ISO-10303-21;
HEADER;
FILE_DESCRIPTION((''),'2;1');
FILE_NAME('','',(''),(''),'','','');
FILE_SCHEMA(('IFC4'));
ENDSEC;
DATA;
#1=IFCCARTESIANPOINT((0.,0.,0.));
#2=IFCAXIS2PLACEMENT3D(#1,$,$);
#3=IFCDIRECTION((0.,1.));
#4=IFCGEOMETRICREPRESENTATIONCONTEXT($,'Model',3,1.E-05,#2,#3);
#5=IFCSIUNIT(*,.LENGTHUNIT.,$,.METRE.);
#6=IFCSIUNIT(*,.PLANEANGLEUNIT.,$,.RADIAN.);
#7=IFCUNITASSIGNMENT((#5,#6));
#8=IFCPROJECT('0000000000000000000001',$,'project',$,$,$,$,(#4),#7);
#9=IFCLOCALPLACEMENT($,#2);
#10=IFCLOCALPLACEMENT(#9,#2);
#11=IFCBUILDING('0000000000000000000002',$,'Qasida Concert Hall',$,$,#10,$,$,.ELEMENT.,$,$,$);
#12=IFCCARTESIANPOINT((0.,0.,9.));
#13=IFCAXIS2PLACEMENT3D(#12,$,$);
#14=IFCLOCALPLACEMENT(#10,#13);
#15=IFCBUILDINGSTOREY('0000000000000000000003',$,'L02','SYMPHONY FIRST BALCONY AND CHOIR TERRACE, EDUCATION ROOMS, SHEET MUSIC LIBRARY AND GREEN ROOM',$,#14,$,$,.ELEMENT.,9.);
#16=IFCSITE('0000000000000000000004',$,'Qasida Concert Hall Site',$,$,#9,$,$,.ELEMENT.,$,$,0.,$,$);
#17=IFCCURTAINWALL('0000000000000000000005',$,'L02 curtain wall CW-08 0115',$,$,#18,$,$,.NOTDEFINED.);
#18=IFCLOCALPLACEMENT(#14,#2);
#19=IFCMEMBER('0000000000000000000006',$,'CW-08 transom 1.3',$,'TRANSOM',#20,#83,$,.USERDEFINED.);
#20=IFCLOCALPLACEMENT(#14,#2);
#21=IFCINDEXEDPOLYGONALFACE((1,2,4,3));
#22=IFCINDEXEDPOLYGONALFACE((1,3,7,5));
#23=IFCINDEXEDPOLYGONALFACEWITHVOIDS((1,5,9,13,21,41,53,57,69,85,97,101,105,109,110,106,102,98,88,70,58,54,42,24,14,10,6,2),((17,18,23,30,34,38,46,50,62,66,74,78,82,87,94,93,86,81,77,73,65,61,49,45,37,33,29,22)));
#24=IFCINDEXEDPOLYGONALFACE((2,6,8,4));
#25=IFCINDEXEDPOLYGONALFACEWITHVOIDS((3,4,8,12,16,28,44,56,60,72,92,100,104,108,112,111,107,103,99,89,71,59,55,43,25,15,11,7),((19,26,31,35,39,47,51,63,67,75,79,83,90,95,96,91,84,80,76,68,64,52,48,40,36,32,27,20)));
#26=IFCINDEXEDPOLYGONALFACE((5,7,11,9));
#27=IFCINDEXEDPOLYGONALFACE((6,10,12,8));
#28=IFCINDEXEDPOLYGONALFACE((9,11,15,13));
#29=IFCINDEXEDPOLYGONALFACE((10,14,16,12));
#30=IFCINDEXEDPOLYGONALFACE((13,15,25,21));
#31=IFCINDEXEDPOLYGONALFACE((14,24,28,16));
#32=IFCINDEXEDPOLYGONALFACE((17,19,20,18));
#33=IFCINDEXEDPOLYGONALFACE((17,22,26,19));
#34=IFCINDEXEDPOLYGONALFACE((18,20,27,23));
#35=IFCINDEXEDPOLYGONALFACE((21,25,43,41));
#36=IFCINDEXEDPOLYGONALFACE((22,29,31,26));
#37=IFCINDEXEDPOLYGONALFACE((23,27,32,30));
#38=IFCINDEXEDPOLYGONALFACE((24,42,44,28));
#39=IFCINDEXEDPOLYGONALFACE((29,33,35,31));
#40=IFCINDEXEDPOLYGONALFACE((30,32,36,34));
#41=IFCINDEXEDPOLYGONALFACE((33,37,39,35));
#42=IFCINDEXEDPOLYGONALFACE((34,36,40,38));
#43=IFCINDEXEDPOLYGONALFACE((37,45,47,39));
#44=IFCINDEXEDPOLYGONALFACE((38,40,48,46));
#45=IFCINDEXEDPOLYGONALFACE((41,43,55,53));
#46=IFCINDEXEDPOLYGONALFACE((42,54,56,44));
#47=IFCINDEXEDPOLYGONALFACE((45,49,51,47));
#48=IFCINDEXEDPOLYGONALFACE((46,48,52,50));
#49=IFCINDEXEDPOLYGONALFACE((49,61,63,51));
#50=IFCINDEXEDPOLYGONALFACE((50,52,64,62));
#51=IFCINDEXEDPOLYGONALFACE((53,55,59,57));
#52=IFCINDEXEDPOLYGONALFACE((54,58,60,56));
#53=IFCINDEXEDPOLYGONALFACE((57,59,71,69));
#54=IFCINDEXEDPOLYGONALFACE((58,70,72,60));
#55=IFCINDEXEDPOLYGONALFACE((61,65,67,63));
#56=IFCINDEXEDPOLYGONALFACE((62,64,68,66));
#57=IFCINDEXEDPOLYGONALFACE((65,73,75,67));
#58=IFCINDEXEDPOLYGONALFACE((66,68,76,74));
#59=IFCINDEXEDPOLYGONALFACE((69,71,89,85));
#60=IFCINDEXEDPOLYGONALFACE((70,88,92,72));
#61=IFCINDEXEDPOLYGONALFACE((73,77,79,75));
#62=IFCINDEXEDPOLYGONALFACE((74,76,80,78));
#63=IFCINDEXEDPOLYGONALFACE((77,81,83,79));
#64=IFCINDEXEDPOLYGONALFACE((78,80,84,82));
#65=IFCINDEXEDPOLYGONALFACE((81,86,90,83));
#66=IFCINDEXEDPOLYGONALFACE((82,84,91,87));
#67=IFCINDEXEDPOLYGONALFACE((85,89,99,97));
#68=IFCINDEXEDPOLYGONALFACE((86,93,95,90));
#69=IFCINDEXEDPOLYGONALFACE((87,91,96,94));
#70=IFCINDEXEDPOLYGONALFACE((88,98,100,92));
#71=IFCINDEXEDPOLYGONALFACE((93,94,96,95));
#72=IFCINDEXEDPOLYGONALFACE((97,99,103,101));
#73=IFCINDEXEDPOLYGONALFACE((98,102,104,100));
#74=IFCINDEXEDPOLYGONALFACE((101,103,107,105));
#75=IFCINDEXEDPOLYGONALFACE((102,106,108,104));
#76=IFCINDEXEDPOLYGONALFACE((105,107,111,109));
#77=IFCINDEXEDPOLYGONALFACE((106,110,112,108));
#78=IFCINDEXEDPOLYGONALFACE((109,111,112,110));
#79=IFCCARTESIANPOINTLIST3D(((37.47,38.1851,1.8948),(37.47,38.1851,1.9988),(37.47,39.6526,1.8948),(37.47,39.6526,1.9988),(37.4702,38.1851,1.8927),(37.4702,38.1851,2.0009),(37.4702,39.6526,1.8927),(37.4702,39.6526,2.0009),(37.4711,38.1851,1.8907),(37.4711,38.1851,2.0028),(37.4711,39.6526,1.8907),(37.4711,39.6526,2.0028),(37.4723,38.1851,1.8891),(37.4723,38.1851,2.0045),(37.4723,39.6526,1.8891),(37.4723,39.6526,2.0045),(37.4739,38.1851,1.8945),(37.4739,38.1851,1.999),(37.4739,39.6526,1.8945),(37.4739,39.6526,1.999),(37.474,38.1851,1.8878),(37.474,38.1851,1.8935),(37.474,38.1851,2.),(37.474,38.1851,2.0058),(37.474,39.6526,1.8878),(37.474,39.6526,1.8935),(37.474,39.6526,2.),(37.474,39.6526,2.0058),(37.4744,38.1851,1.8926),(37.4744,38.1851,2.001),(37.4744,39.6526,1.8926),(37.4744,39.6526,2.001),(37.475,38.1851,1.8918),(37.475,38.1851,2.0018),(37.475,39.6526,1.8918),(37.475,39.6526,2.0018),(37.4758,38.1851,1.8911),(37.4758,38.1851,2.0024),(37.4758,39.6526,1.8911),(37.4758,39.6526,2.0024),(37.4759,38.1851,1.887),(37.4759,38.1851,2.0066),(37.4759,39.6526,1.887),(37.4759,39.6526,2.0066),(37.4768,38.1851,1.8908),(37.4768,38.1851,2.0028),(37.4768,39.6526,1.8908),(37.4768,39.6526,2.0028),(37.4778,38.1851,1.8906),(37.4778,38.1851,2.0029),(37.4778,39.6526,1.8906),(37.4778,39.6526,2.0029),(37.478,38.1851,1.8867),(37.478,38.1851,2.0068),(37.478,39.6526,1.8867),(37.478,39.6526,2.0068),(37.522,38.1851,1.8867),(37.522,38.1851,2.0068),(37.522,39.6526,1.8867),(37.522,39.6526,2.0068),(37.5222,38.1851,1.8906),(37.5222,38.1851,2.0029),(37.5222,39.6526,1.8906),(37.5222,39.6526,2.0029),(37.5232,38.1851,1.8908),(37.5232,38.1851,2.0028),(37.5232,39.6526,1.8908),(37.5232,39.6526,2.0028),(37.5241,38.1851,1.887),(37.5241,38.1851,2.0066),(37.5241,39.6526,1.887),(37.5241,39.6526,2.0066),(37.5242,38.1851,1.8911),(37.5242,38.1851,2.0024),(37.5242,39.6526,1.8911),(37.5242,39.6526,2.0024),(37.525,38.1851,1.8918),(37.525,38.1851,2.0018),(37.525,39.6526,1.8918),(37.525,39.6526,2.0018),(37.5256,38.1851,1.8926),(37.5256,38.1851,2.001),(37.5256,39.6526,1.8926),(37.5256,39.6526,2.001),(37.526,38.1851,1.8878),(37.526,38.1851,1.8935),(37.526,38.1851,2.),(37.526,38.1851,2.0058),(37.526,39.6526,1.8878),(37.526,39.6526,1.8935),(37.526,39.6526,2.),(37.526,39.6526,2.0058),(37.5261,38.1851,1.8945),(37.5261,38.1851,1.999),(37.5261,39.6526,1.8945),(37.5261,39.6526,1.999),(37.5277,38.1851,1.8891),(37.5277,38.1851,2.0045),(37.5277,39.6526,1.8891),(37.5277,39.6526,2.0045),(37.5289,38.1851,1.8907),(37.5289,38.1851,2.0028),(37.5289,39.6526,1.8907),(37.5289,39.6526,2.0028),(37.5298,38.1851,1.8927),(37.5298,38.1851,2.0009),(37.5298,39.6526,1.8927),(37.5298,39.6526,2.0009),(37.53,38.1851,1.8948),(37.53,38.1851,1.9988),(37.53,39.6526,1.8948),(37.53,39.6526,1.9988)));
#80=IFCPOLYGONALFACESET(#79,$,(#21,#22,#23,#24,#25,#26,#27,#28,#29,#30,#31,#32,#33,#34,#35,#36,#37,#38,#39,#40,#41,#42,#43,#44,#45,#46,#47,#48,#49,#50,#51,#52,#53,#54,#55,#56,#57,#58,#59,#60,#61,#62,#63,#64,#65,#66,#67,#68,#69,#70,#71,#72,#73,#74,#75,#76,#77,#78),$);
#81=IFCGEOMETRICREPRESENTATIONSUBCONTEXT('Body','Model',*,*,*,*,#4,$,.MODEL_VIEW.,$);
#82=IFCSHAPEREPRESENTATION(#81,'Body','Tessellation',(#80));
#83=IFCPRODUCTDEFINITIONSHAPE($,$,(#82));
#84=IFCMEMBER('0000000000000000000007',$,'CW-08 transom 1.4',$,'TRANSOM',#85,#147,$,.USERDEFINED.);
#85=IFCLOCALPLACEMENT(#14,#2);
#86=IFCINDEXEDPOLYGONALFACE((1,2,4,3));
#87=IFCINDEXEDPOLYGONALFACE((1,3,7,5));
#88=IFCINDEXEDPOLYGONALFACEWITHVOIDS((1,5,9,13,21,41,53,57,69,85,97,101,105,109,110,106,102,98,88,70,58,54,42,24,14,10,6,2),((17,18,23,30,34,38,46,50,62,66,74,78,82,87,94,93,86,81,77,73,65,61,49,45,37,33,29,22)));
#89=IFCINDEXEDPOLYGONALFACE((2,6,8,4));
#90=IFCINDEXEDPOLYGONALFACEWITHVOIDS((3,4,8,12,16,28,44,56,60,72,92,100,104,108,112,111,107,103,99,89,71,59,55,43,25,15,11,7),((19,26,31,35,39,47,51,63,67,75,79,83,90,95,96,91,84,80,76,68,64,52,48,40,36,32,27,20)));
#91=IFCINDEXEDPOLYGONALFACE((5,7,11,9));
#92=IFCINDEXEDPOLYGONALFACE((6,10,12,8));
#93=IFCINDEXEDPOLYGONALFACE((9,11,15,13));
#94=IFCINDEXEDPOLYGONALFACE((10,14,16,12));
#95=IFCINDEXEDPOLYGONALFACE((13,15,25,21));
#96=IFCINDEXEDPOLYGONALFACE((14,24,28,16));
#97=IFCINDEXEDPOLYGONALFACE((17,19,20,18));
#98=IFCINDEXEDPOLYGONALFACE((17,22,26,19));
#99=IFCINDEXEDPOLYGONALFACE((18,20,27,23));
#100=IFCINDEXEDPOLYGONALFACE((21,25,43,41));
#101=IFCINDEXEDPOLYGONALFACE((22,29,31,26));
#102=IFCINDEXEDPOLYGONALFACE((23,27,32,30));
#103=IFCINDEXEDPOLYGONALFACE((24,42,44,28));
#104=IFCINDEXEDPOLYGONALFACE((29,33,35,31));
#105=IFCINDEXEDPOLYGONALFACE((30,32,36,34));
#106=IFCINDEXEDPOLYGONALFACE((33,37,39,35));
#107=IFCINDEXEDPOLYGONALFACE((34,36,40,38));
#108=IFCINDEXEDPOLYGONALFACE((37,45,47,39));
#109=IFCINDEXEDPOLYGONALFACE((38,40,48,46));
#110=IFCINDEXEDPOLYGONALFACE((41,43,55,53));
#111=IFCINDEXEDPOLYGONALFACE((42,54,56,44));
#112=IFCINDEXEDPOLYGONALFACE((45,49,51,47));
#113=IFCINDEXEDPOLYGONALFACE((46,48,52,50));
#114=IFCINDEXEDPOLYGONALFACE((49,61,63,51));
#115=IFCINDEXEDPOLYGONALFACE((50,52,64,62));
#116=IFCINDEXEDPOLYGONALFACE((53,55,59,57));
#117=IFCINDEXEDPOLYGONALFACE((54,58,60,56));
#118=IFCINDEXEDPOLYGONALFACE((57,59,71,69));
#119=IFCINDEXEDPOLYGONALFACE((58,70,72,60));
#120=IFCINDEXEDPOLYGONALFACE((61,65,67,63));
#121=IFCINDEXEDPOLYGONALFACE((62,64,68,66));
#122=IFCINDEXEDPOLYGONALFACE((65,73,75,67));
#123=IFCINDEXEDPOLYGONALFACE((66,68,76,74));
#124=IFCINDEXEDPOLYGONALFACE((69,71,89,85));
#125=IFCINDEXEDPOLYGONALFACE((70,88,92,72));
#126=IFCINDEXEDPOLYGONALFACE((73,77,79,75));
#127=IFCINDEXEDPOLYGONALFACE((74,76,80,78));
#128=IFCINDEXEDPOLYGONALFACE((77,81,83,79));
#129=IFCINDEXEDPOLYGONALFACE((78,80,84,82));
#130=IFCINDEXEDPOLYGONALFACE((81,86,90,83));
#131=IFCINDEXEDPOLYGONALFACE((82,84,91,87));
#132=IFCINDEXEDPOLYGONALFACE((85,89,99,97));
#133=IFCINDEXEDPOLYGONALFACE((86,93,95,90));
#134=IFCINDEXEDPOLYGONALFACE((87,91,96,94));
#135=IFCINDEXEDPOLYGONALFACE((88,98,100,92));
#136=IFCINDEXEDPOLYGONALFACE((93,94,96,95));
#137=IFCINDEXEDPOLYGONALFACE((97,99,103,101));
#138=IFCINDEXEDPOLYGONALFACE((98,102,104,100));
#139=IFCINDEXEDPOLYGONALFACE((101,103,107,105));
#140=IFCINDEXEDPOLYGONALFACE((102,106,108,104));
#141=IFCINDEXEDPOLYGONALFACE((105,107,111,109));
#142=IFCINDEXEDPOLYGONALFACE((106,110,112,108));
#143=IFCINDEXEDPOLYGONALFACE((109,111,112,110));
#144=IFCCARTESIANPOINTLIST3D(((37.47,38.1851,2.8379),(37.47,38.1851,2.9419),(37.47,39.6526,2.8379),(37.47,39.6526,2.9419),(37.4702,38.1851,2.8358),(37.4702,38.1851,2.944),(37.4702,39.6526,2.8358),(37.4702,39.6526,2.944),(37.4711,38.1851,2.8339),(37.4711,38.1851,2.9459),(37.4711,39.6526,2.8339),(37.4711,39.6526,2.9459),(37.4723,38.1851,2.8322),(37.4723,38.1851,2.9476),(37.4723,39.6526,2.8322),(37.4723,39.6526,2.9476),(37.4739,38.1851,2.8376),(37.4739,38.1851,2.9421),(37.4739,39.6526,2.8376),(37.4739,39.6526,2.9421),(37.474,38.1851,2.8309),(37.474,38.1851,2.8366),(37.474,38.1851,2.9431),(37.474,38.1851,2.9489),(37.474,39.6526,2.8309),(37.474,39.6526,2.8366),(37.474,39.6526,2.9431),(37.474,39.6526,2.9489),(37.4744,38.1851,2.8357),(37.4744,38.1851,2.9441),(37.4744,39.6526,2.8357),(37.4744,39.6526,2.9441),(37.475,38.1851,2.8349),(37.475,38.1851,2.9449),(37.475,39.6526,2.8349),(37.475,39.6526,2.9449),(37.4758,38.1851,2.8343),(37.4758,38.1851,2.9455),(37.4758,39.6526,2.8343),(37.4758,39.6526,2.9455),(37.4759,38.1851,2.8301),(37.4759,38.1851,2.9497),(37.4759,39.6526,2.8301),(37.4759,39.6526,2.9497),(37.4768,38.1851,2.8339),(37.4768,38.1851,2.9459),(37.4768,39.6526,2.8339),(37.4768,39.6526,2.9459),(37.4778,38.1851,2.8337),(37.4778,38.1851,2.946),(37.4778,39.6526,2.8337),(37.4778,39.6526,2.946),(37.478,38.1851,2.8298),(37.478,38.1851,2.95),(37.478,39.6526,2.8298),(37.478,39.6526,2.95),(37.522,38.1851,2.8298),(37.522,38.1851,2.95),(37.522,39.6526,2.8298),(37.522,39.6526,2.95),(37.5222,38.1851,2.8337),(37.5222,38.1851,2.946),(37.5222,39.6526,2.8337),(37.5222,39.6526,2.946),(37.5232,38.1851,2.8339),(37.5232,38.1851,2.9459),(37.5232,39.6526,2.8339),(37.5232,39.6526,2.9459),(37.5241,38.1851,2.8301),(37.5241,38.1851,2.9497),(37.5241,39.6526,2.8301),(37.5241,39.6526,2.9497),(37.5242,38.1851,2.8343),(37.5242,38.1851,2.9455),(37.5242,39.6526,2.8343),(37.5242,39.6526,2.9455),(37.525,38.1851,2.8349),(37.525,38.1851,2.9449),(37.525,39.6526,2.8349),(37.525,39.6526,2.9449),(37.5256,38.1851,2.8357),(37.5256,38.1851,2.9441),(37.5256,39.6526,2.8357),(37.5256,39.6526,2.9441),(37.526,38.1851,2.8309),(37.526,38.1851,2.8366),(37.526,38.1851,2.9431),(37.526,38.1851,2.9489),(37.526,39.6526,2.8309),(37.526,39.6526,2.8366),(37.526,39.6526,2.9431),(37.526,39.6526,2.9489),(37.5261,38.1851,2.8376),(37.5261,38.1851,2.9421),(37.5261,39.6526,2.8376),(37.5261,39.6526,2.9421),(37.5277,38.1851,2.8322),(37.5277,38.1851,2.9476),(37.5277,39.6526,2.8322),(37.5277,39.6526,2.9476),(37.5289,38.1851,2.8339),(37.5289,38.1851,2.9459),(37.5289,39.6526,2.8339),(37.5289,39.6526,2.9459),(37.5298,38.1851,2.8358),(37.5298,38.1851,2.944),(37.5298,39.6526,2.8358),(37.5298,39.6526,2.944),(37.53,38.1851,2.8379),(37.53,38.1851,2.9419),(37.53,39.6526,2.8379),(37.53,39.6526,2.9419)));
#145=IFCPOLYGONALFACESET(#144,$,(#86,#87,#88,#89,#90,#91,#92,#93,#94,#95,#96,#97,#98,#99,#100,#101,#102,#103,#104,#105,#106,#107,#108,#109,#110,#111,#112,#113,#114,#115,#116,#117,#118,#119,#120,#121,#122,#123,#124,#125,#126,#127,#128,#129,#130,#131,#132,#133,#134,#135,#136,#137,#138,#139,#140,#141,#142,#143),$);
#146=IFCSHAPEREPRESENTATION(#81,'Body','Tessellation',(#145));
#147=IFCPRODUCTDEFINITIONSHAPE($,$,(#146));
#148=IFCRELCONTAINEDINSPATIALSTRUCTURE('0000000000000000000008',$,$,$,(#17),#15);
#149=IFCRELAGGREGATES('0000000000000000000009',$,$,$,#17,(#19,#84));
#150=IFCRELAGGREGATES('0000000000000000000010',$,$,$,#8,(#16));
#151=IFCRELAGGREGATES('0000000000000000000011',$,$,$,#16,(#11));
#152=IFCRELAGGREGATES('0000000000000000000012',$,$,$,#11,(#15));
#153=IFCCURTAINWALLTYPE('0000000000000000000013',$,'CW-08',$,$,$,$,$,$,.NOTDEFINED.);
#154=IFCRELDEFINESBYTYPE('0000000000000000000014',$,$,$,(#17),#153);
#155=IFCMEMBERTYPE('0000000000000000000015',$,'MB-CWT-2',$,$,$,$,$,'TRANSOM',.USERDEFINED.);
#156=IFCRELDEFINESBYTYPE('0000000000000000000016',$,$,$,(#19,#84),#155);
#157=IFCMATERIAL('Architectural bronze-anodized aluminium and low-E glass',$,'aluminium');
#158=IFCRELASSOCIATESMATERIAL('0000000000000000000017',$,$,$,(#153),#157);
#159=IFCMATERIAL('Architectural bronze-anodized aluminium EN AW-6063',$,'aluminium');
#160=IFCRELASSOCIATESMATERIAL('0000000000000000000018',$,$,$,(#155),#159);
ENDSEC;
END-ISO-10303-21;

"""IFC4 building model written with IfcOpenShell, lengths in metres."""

from ifc_helpers import new_model, si_unit, direction, frame, origin, origin_2d, place, context, subcontext, project, spatial, hollow_rectangle, extrude, material, material_profile, profile_set, type_object, element, aggregate, save


model = new_model("IFC4")

# Units and contexts
model_context = context("Model", 3, precision=1e-05, world=origin(), true_north=direction((0.0, 1.0)))
body_context = subcontext(model_context, "Body", "Model", "MODEL_VIEW")
ifc_project = project(units=[si_unit("LENGTHUNIT", "METRE"), si_unit("PLANEANGLEUNIT", "RADIAN")], contexts=[model_context])

# Site, building, storey
site_placement = place(None, origin())
site = spatial("IfcSite", under=ifc_project, at=site_placement, Name="Qasida Concert Hall Site", CompositionType="ELEMENT", RefElevation=0.0)
building_placement = place(site_placement, origin())
building = spatial("IfcBuilding", under=site, at=building_placement, Name="Qasida Concert Hall", CompositionType="ELEMENT")
storey_placement = place(building_placement, frame((0.0, 0.0, 9.0)))
storey = spatial("IfcBuildingStorey", under=building, at=storey_placement, Name="L02", Description="SYMPHONY FIRST BALCONY AND CHOIR TERRACE, EDUCATION ROOMS, SHEET MUSIC LIBRARY AND GREEN ROOM", CompositionType="ELEMENT", Elevation=9.0)

# Curtain wall, members
ifc_material_1 = material(Name="Architectural bronze-anodized aluminium and low-E glass", Category="aluminium")
curtain_wall_type = type_object("IfcCurtainWallType", Name="CW-08", PredefinedType="NOTDEFINED", material=ifc_material_1)
curtain_wall_1_placement = place(storey_placement, origin())
curtain_wall_1 = element("IfcCurtainWall", 1, at=curtain_wall_1_placement, inside=storey, type_object=curtain_wall_type, Name="L02 curtain wall CW-08 0115", PredefinedType="NOTDEFINED")
ifc_material_2 = material(Name="Architectural bronze-anodized aluminium EN AW-6063", Category="aluminium")
ifc_material_profile_1 = material_profile(ifc_material_2, hollow_rectangle(XDim=0.0601, YDim=0.1201, WallThickness=0.0039, InnerFilletRadius=0.0039, OuterFilletRadius=0.0081, at=origin_2d()), Name="CWT 120x60x4")
ifc_profile_set_1 = profile_set([ifc_material_profile_1], Name="Architectural bronze-anodized aluminium EN AW-6063")
member_type_1 = type_object("IfcMemberType", Name="MB-CWT-2", ElementType="TRANSOM", PredefinedType="USERDEFINED", material=ifc_profile_set_1)
member_1_placement = place(storey_placement, frame((37.5, 38.1851, 1.9468), z_axis=(0.0, 1.0, 0.0), x_axis=(-1.0, 0.0, 0.0)))
member_1 = element("IfcMember", 2, at=member_1_placement, type_object=member_type_1, Name="CW-08 transom 1.3", ObjectType="TRANSOM", PredefinedType="USERDEFINED", context=body_context, shape_type="SweptSolid", body=[
    extrude(hollow_rectangle(XDim=0.0601, YDim=0.1201, WallThickness=0.0039, InnerFilletRadius=0.0039, OuterFilletRadius=0.0081, at=origin_2d()), origin(), (0.0, 0.0, 1.0), 1.4675),
])
member_2_placement = place(storey_placement, frame((37.5, 38.1851, 2.8899), z_axis=(0.0, 1.0, 0.0), x_axis=(-1.0, 0.0, 0.0)))
member_2 = element("IfcMember", 3, at=member_2_placement, type_object=member_type_1, Name="CW-08 transom 1.4", ObjectType="TRANSOM", PredefinedType="USERDEFINED", context=body_context, shape_type="SweptSolid", body=[
    extrude(hollow_rectangle(XDim=0.0601, YDim=0.1201, WallThickness=0.0039, InnerFilletRadius=0.0039, OuterFilletRadius=0.0081, at=origin_2d()), origin(), (0.0, 0.0, 1.0), 1.4675),
])
aggregate(curtain_wall_1, [member_1, member_2])

save(model, "model.ifc")
